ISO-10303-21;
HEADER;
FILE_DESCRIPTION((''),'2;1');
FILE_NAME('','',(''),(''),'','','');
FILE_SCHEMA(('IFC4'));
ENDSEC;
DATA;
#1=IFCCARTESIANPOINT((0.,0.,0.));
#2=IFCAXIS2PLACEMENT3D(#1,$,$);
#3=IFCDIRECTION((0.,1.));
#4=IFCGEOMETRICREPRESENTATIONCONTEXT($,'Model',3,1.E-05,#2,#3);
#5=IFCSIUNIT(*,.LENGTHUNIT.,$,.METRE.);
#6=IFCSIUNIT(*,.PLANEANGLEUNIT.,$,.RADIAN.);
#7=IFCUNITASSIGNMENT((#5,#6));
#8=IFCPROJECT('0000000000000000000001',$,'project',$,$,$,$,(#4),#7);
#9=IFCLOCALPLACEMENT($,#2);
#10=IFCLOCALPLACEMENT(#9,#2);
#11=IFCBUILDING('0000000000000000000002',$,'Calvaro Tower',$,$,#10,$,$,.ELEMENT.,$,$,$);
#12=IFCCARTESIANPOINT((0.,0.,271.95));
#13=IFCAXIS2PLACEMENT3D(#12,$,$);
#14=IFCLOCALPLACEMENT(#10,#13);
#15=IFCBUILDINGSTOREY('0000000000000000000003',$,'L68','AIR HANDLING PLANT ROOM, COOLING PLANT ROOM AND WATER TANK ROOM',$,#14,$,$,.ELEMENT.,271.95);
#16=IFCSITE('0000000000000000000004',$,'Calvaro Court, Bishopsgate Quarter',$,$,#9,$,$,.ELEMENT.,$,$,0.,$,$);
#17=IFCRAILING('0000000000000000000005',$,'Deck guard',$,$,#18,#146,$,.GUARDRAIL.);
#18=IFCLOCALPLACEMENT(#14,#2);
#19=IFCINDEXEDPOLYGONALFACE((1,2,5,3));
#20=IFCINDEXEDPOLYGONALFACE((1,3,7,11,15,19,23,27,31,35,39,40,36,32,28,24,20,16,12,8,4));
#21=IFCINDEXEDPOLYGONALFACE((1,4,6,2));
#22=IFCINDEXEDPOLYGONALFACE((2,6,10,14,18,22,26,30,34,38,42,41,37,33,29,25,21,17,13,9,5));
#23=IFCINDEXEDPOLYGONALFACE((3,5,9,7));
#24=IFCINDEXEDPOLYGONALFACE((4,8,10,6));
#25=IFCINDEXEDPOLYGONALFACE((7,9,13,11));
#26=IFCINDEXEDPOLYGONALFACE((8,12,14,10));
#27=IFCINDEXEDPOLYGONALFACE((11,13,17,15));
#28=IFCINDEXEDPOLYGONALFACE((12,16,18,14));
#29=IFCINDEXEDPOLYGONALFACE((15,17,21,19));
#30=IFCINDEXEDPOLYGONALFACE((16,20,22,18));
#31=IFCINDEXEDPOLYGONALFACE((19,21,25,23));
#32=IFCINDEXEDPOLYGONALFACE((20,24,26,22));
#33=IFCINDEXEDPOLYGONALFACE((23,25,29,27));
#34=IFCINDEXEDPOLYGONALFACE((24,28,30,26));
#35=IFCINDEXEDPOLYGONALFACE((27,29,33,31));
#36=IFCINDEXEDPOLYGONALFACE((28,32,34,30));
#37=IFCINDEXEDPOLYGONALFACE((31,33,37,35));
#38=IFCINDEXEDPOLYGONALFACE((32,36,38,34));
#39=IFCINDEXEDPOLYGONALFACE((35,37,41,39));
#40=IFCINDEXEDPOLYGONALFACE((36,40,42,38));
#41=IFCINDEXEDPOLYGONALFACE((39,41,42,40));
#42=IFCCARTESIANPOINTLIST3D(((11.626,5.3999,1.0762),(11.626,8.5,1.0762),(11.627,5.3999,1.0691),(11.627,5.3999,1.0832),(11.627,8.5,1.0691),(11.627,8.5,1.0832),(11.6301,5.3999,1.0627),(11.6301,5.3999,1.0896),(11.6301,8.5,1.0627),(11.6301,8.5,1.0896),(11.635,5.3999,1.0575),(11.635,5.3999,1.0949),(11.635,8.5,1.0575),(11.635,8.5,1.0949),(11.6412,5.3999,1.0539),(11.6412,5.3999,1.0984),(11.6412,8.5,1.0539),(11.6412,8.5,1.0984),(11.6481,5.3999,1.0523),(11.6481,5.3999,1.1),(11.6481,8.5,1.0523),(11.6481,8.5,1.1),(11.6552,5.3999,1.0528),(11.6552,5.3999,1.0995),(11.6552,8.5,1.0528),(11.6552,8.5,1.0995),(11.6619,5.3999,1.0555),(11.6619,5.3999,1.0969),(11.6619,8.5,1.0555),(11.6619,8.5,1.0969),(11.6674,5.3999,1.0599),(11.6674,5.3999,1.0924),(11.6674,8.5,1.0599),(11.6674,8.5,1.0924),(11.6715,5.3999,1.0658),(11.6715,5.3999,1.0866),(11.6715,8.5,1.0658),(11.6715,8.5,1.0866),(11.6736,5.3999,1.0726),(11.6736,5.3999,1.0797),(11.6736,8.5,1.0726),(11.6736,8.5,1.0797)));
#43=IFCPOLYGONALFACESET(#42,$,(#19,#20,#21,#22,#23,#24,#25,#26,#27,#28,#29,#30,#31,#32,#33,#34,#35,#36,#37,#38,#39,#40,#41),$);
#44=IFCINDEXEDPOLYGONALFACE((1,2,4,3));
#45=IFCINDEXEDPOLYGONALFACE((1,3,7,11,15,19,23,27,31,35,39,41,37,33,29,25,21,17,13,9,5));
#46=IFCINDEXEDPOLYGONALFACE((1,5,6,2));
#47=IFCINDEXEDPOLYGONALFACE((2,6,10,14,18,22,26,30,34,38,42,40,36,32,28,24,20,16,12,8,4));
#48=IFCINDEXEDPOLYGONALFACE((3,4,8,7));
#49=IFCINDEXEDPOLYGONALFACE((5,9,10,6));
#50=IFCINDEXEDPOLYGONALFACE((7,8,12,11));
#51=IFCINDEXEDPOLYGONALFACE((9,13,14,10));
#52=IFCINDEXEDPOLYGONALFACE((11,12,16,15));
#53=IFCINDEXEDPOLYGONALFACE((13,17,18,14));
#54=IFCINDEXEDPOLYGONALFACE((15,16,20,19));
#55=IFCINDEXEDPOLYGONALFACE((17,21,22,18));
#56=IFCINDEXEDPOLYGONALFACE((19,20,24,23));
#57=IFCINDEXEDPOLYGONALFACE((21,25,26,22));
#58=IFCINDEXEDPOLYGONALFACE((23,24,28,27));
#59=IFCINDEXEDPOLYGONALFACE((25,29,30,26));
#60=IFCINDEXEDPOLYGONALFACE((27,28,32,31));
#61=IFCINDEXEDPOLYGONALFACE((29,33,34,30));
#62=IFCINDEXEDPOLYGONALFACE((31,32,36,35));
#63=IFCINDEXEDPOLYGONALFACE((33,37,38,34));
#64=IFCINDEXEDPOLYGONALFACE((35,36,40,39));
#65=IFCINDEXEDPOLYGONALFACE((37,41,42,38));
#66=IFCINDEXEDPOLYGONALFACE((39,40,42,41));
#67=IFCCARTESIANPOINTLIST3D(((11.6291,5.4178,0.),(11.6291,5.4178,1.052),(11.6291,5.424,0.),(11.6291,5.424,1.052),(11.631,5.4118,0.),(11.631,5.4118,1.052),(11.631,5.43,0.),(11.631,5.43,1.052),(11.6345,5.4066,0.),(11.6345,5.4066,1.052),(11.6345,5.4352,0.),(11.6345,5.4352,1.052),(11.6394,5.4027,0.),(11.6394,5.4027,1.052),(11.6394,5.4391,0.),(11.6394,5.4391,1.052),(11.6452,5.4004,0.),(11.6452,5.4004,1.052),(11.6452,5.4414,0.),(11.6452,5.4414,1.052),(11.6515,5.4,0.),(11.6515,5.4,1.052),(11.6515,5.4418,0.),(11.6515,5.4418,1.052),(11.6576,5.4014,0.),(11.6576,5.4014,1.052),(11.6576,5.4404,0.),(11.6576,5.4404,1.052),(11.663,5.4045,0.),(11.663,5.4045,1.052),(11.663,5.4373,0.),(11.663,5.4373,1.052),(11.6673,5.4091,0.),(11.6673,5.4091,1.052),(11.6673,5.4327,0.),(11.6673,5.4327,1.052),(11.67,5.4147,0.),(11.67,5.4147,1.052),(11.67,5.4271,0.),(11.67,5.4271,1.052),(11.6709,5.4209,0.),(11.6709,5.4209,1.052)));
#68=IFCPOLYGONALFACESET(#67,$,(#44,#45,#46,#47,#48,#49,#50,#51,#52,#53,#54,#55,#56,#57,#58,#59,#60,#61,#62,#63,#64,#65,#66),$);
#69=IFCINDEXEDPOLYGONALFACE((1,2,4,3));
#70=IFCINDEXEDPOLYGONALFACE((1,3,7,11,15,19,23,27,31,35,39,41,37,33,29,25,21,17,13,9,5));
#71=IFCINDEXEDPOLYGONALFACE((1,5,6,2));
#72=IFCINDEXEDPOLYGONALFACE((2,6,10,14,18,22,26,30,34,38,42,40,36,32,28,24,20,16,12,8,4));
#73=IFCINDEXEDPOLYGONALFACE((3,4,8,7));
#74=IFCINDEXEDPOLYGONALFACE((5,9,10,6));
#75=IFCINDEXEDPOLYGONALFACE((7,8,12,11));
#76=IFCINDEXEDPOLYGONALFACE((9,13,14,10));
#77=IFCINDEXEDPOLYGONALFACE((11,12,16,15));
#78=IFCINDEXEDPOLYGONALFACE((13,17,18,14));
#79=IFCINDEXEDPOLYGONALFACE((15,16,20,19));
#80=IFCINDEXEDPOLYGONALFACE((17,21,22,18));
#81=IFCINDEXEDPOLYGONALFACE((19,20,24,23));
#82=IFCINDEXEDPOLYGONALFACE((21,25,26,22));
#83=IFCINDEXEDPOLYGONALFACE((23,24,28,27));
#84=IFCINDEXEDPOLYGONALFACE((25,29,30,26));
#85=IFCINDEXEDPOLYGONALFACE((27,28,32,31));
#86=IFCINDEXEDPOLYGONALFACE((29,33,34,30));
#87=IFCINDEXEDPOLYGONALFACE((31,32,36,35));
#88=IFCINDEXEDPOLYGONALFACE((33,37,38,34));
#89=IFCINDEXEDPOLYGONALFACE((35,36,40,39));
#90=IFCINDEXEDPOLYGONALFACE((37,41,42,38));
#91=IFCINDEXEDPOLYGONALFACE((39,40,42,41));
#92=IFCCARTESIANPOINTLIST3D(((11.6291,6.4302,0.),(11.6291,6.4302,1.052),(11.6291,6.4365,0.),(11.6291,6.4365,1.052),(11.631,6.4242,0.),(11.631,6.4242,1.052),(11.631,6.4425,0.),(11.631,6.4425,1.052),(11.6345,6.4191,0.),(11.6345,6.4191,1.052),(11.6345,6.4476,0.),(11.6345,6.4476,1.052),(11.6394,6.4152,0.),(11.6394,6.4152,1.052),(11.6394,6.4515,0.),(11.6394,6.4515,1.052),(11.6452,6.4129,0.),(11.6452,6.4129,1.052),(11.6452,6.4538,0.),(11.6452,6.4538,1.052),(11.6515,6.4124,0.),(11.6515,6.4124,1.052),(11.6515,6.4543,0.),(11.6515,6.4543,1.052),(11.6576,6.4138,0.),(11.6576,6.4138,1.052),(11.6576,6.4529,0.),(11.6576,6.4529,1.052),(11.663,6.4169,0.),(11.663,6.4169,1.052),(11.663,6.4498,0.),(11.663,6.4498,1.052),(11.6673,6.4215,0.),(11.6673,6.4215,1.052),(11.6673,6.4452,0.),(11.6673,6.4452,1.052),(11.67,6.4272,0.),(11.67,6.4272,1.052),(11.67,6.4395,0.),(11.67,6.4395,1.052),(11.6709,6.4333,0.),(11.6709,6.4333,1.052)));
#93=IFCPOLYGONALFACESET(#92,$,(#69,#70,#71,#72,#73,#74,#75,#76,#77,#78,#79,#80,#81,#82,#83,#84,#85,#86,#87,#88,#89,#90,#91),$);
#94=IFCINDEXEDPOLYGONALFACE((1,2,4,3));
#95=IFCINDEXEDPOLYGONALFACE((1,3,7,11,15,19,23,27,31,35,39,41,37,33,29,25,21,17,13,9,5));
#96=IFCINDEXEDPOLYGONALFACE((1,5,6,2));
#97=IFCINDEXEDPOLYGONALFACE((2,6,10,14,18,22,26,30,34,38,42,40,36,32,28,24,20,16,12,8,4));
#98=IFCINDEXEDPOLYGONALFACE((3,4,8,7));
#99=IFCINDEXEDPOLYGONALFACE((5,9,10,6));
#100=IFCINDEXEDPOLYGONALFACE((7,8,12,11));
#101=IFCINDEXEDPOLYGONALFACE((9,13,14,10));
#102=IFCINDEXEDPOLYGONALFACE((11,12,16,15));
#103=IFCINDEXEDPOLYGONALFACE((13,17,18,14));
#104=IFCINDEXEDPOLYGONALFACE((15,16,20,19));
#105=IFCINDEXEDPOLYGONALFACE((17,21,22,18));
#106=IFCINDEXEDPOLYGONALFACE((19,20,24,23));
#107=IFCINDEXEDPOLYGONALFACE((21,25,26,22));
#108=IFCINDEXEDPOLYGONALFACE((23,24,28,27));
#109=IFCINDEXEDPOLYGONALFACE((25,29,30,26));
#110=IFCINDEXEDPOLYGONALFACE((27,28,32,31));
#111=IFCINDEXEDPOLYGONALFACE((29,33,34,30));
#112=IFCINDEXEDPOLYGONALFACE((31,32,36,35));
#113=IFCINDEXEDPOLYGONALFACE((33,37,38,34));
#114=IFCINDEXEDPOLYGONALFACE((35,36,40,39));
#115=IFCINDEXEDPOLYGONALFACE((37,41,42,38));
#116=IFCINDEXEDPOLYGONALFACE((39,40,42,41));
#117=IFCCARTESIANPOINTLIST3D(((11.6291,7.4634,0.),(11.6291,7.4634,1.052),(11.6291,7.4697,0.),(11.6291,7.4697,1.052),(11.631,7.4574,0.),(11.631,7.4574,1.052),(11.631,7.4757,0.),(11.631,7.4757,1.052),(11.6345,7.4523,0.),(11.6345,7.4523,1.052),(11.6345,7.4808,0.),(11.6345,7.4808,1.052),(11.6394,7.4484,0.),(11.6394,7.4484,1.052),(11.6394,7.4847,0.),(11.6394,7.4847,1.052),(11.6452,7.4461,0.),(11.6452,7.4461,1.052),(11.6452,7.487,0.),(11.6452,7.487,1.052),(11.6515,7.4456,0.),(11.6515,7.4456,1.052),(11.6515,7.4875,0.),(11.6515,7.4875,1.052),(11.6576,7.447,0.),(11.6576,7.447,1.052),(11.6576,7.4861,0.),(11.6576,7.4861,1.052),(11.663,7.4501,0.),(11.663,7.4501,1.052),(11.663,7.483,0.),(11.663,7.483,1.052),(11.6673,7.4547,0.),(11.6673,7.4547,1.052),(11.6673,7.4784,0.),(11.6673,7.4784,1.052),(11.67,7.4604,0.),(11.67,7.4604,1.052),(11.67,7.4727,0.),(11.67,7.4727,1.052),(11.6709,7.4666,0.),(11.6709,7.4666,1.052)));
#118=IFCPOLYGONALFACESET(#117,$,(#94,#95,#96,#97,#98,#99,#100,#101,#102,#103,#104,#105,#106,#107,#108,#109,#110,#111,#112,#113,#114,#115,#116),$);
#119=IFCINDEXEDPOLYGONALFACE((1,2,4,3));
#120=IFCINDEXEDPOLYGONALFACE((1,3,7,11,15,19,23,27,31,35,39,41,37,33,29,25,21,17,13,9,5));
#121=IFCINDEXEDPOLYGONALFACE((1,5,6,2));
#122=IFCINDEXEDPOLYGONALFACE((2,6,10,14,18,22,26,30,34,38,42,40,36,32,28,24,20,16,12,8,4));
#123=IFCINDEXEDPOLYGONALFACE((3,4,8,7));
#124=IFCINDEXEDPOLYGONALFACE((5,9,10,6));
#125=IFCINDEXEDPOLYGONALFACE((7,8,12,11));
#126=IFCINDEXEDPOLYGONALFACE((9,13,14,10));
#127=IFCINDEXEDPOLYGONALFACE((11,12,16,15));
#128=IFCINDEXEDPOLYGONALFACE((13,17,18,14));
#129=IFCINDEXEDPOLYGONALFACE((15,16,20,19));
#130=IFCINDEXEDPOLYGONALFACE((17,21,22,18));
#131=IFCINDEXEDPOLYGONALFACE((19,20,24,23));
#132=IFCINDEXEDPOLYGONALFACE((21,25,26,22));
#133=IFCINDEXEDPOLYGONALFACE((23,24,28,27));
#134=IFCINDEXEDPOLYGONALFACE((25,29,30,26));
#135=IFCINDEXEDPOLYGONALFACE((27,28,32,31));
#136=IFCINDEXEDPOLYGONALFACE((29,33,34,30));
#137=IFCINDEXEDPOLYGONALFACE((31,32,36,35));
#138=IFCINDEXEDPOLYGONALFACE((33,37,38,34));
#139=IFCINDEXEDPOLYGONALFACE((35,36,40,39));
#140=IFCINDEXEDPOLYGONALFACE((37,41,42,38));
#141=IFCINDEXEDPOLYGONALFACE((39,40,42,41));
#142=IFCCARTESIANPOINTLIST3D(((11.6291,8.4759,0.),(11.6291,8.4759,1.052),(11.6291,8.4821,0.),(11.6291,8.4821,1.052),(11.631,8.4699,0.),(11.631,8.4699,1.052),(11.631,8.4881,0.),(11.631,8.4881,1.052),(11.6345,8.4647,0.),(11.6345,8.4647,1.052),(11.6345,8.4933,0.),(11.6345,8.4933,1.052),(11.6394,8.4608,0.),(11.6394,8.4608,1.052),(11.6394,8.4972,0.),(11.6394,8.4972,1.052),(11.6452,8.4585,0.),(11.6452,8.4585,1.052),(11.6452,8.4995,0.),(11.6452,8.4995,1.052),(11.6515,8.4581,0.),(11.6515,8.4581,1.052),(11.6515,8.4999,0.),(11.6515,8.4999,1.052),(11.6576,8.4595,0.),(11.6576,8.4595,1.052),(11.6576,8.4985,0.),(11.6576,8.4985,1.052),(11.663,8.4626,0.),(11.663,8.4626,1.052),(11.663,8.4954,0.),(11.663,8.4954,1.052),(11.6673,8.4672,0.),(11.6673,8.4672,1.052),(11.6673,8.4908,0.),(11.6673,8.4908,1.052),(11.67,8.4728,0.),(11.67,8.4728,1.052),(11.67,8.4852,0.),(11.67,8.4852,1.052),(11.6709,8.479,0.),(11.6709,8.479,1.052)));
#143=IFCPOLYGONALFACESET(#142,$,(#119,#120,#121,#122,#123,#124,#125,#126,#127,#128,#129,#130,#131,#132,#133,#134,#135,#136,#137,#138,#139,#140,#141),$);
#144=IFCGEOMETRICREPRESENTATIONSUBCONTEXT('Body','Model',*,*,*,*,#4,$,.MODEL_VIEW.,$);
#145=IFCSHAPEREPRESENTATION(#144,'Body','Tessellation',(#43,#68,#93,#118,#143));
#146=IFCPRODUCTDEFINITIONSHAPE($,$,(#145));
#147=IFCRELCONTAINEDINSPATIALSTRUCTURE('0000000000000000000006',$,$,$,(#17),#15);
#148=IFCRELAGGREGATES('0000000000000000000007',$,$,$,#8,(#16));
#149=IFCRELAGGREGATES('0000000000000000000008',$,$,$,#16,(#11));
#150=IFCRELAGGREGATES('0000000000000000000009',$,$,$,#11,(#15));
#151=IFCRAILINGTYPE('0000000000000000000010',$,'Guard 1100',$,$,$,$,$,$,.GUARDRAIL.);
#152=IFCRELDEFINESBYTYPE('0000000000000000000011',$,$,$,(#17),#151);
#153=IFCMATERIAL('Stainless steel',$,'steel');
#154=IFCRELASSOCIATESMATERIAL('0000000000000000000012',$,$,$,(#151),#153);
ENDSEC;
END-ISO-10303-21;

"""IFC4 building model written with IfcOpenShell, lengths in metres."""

from ifc_helpers import new_model, si_unit, direction, frame, origin, origin_2d, place, context, subcontext, project, spatial, circle, extrude, material, type_object, element, save


model = new_model("IFC4")

# Units and contexts
model_context = context("Model", 3, precision=1e-05, world=origin(), true_north=direction((0.0, 1.0)))
body_context = subcontext(model_context, "Body", "Model", "MODEL_VIEW")
ifc_project = project(units=[si_unit("LENGTHUNIT", "METRE"), si_unit("PLANEANGLEUNIT", "RADIAN")], contexts=[model_context])

# Site, building, storey
site_placement = place(None, origin())
site = spatial("IfcSite", under=ifc_project, at=site_placement, Name="Calvaro Court, Bishopsgate Quarter", CompositionType="ELEMENT", RefElevation=0.0)
building_placement = place(site_placement, origin())
building = spatial("IfcBuilding", under=site, at=building_placement, Name="Calvaro Tower", CompositionType="ELEMENT")
storey_placement = place(building_placement, frame((0.0, 0.0, 271.95)))
storey = spatial("IfcBuildingStorey", under=building, at=storey_placement, Name="L68", Description="AIR HANDLING PLANT ROOM, COOLING PLANT ROOM AND WATER TANK ROOM", CompositionType="ELEMENT", Elevation=271.95)

# Railing
ifc_material_1 = material(Name="Stainless steel", Category="steel")
railing_type = type_object("IfcRailingType", Name="Guard 1100", PredefinedType="GUARDRAIL", material=ifc_material_1)
railing_1_placement = place(storey_placement, frame((11.6499, 5.3999, 0.0)))
element("IfcRailing", 1, at=railing_1_placement, inside=storey, type_object=railing_type, Name="Deck guard", PredefinedType="GUARDRAIL", context=body_context, shape_type="SweptSolid", body=[
    extrude(circle(Radius=0.0239, at=origin_2d()), frame((0.0, 0.0, 1.0762), z_axis=(0.0, 1.0, 0.0), x_axis=(-1.0, 0.0, 0.0)), (0.0, 0.0, 1.0), 3.1001),
    extrude(circle(Radius=0.021, at=origin_2d()), frame((0.0, 0.021, 0.0)), (0.0, 0.0, 1.0), 1.052),
    extrude(circle(Radius=0.021, at=origin_2d()), frame((0.0, 1.0334, 0.0)), (0.0, 0.0, 1.0), 1.052),
    extrude(circle(Radius=0.021, at=origin_2d()), frame((0.0, 2.0667, 0.0)), (0.0, 0.0, 1.0), 1.052),
    extrude(circle(Radius=0.021, at=origin_2d()), frame((0.0, 3.0791, 0.0)), (0.0, 0.0, 1.0), 1.052),
])

save(model, "model.ifc")
